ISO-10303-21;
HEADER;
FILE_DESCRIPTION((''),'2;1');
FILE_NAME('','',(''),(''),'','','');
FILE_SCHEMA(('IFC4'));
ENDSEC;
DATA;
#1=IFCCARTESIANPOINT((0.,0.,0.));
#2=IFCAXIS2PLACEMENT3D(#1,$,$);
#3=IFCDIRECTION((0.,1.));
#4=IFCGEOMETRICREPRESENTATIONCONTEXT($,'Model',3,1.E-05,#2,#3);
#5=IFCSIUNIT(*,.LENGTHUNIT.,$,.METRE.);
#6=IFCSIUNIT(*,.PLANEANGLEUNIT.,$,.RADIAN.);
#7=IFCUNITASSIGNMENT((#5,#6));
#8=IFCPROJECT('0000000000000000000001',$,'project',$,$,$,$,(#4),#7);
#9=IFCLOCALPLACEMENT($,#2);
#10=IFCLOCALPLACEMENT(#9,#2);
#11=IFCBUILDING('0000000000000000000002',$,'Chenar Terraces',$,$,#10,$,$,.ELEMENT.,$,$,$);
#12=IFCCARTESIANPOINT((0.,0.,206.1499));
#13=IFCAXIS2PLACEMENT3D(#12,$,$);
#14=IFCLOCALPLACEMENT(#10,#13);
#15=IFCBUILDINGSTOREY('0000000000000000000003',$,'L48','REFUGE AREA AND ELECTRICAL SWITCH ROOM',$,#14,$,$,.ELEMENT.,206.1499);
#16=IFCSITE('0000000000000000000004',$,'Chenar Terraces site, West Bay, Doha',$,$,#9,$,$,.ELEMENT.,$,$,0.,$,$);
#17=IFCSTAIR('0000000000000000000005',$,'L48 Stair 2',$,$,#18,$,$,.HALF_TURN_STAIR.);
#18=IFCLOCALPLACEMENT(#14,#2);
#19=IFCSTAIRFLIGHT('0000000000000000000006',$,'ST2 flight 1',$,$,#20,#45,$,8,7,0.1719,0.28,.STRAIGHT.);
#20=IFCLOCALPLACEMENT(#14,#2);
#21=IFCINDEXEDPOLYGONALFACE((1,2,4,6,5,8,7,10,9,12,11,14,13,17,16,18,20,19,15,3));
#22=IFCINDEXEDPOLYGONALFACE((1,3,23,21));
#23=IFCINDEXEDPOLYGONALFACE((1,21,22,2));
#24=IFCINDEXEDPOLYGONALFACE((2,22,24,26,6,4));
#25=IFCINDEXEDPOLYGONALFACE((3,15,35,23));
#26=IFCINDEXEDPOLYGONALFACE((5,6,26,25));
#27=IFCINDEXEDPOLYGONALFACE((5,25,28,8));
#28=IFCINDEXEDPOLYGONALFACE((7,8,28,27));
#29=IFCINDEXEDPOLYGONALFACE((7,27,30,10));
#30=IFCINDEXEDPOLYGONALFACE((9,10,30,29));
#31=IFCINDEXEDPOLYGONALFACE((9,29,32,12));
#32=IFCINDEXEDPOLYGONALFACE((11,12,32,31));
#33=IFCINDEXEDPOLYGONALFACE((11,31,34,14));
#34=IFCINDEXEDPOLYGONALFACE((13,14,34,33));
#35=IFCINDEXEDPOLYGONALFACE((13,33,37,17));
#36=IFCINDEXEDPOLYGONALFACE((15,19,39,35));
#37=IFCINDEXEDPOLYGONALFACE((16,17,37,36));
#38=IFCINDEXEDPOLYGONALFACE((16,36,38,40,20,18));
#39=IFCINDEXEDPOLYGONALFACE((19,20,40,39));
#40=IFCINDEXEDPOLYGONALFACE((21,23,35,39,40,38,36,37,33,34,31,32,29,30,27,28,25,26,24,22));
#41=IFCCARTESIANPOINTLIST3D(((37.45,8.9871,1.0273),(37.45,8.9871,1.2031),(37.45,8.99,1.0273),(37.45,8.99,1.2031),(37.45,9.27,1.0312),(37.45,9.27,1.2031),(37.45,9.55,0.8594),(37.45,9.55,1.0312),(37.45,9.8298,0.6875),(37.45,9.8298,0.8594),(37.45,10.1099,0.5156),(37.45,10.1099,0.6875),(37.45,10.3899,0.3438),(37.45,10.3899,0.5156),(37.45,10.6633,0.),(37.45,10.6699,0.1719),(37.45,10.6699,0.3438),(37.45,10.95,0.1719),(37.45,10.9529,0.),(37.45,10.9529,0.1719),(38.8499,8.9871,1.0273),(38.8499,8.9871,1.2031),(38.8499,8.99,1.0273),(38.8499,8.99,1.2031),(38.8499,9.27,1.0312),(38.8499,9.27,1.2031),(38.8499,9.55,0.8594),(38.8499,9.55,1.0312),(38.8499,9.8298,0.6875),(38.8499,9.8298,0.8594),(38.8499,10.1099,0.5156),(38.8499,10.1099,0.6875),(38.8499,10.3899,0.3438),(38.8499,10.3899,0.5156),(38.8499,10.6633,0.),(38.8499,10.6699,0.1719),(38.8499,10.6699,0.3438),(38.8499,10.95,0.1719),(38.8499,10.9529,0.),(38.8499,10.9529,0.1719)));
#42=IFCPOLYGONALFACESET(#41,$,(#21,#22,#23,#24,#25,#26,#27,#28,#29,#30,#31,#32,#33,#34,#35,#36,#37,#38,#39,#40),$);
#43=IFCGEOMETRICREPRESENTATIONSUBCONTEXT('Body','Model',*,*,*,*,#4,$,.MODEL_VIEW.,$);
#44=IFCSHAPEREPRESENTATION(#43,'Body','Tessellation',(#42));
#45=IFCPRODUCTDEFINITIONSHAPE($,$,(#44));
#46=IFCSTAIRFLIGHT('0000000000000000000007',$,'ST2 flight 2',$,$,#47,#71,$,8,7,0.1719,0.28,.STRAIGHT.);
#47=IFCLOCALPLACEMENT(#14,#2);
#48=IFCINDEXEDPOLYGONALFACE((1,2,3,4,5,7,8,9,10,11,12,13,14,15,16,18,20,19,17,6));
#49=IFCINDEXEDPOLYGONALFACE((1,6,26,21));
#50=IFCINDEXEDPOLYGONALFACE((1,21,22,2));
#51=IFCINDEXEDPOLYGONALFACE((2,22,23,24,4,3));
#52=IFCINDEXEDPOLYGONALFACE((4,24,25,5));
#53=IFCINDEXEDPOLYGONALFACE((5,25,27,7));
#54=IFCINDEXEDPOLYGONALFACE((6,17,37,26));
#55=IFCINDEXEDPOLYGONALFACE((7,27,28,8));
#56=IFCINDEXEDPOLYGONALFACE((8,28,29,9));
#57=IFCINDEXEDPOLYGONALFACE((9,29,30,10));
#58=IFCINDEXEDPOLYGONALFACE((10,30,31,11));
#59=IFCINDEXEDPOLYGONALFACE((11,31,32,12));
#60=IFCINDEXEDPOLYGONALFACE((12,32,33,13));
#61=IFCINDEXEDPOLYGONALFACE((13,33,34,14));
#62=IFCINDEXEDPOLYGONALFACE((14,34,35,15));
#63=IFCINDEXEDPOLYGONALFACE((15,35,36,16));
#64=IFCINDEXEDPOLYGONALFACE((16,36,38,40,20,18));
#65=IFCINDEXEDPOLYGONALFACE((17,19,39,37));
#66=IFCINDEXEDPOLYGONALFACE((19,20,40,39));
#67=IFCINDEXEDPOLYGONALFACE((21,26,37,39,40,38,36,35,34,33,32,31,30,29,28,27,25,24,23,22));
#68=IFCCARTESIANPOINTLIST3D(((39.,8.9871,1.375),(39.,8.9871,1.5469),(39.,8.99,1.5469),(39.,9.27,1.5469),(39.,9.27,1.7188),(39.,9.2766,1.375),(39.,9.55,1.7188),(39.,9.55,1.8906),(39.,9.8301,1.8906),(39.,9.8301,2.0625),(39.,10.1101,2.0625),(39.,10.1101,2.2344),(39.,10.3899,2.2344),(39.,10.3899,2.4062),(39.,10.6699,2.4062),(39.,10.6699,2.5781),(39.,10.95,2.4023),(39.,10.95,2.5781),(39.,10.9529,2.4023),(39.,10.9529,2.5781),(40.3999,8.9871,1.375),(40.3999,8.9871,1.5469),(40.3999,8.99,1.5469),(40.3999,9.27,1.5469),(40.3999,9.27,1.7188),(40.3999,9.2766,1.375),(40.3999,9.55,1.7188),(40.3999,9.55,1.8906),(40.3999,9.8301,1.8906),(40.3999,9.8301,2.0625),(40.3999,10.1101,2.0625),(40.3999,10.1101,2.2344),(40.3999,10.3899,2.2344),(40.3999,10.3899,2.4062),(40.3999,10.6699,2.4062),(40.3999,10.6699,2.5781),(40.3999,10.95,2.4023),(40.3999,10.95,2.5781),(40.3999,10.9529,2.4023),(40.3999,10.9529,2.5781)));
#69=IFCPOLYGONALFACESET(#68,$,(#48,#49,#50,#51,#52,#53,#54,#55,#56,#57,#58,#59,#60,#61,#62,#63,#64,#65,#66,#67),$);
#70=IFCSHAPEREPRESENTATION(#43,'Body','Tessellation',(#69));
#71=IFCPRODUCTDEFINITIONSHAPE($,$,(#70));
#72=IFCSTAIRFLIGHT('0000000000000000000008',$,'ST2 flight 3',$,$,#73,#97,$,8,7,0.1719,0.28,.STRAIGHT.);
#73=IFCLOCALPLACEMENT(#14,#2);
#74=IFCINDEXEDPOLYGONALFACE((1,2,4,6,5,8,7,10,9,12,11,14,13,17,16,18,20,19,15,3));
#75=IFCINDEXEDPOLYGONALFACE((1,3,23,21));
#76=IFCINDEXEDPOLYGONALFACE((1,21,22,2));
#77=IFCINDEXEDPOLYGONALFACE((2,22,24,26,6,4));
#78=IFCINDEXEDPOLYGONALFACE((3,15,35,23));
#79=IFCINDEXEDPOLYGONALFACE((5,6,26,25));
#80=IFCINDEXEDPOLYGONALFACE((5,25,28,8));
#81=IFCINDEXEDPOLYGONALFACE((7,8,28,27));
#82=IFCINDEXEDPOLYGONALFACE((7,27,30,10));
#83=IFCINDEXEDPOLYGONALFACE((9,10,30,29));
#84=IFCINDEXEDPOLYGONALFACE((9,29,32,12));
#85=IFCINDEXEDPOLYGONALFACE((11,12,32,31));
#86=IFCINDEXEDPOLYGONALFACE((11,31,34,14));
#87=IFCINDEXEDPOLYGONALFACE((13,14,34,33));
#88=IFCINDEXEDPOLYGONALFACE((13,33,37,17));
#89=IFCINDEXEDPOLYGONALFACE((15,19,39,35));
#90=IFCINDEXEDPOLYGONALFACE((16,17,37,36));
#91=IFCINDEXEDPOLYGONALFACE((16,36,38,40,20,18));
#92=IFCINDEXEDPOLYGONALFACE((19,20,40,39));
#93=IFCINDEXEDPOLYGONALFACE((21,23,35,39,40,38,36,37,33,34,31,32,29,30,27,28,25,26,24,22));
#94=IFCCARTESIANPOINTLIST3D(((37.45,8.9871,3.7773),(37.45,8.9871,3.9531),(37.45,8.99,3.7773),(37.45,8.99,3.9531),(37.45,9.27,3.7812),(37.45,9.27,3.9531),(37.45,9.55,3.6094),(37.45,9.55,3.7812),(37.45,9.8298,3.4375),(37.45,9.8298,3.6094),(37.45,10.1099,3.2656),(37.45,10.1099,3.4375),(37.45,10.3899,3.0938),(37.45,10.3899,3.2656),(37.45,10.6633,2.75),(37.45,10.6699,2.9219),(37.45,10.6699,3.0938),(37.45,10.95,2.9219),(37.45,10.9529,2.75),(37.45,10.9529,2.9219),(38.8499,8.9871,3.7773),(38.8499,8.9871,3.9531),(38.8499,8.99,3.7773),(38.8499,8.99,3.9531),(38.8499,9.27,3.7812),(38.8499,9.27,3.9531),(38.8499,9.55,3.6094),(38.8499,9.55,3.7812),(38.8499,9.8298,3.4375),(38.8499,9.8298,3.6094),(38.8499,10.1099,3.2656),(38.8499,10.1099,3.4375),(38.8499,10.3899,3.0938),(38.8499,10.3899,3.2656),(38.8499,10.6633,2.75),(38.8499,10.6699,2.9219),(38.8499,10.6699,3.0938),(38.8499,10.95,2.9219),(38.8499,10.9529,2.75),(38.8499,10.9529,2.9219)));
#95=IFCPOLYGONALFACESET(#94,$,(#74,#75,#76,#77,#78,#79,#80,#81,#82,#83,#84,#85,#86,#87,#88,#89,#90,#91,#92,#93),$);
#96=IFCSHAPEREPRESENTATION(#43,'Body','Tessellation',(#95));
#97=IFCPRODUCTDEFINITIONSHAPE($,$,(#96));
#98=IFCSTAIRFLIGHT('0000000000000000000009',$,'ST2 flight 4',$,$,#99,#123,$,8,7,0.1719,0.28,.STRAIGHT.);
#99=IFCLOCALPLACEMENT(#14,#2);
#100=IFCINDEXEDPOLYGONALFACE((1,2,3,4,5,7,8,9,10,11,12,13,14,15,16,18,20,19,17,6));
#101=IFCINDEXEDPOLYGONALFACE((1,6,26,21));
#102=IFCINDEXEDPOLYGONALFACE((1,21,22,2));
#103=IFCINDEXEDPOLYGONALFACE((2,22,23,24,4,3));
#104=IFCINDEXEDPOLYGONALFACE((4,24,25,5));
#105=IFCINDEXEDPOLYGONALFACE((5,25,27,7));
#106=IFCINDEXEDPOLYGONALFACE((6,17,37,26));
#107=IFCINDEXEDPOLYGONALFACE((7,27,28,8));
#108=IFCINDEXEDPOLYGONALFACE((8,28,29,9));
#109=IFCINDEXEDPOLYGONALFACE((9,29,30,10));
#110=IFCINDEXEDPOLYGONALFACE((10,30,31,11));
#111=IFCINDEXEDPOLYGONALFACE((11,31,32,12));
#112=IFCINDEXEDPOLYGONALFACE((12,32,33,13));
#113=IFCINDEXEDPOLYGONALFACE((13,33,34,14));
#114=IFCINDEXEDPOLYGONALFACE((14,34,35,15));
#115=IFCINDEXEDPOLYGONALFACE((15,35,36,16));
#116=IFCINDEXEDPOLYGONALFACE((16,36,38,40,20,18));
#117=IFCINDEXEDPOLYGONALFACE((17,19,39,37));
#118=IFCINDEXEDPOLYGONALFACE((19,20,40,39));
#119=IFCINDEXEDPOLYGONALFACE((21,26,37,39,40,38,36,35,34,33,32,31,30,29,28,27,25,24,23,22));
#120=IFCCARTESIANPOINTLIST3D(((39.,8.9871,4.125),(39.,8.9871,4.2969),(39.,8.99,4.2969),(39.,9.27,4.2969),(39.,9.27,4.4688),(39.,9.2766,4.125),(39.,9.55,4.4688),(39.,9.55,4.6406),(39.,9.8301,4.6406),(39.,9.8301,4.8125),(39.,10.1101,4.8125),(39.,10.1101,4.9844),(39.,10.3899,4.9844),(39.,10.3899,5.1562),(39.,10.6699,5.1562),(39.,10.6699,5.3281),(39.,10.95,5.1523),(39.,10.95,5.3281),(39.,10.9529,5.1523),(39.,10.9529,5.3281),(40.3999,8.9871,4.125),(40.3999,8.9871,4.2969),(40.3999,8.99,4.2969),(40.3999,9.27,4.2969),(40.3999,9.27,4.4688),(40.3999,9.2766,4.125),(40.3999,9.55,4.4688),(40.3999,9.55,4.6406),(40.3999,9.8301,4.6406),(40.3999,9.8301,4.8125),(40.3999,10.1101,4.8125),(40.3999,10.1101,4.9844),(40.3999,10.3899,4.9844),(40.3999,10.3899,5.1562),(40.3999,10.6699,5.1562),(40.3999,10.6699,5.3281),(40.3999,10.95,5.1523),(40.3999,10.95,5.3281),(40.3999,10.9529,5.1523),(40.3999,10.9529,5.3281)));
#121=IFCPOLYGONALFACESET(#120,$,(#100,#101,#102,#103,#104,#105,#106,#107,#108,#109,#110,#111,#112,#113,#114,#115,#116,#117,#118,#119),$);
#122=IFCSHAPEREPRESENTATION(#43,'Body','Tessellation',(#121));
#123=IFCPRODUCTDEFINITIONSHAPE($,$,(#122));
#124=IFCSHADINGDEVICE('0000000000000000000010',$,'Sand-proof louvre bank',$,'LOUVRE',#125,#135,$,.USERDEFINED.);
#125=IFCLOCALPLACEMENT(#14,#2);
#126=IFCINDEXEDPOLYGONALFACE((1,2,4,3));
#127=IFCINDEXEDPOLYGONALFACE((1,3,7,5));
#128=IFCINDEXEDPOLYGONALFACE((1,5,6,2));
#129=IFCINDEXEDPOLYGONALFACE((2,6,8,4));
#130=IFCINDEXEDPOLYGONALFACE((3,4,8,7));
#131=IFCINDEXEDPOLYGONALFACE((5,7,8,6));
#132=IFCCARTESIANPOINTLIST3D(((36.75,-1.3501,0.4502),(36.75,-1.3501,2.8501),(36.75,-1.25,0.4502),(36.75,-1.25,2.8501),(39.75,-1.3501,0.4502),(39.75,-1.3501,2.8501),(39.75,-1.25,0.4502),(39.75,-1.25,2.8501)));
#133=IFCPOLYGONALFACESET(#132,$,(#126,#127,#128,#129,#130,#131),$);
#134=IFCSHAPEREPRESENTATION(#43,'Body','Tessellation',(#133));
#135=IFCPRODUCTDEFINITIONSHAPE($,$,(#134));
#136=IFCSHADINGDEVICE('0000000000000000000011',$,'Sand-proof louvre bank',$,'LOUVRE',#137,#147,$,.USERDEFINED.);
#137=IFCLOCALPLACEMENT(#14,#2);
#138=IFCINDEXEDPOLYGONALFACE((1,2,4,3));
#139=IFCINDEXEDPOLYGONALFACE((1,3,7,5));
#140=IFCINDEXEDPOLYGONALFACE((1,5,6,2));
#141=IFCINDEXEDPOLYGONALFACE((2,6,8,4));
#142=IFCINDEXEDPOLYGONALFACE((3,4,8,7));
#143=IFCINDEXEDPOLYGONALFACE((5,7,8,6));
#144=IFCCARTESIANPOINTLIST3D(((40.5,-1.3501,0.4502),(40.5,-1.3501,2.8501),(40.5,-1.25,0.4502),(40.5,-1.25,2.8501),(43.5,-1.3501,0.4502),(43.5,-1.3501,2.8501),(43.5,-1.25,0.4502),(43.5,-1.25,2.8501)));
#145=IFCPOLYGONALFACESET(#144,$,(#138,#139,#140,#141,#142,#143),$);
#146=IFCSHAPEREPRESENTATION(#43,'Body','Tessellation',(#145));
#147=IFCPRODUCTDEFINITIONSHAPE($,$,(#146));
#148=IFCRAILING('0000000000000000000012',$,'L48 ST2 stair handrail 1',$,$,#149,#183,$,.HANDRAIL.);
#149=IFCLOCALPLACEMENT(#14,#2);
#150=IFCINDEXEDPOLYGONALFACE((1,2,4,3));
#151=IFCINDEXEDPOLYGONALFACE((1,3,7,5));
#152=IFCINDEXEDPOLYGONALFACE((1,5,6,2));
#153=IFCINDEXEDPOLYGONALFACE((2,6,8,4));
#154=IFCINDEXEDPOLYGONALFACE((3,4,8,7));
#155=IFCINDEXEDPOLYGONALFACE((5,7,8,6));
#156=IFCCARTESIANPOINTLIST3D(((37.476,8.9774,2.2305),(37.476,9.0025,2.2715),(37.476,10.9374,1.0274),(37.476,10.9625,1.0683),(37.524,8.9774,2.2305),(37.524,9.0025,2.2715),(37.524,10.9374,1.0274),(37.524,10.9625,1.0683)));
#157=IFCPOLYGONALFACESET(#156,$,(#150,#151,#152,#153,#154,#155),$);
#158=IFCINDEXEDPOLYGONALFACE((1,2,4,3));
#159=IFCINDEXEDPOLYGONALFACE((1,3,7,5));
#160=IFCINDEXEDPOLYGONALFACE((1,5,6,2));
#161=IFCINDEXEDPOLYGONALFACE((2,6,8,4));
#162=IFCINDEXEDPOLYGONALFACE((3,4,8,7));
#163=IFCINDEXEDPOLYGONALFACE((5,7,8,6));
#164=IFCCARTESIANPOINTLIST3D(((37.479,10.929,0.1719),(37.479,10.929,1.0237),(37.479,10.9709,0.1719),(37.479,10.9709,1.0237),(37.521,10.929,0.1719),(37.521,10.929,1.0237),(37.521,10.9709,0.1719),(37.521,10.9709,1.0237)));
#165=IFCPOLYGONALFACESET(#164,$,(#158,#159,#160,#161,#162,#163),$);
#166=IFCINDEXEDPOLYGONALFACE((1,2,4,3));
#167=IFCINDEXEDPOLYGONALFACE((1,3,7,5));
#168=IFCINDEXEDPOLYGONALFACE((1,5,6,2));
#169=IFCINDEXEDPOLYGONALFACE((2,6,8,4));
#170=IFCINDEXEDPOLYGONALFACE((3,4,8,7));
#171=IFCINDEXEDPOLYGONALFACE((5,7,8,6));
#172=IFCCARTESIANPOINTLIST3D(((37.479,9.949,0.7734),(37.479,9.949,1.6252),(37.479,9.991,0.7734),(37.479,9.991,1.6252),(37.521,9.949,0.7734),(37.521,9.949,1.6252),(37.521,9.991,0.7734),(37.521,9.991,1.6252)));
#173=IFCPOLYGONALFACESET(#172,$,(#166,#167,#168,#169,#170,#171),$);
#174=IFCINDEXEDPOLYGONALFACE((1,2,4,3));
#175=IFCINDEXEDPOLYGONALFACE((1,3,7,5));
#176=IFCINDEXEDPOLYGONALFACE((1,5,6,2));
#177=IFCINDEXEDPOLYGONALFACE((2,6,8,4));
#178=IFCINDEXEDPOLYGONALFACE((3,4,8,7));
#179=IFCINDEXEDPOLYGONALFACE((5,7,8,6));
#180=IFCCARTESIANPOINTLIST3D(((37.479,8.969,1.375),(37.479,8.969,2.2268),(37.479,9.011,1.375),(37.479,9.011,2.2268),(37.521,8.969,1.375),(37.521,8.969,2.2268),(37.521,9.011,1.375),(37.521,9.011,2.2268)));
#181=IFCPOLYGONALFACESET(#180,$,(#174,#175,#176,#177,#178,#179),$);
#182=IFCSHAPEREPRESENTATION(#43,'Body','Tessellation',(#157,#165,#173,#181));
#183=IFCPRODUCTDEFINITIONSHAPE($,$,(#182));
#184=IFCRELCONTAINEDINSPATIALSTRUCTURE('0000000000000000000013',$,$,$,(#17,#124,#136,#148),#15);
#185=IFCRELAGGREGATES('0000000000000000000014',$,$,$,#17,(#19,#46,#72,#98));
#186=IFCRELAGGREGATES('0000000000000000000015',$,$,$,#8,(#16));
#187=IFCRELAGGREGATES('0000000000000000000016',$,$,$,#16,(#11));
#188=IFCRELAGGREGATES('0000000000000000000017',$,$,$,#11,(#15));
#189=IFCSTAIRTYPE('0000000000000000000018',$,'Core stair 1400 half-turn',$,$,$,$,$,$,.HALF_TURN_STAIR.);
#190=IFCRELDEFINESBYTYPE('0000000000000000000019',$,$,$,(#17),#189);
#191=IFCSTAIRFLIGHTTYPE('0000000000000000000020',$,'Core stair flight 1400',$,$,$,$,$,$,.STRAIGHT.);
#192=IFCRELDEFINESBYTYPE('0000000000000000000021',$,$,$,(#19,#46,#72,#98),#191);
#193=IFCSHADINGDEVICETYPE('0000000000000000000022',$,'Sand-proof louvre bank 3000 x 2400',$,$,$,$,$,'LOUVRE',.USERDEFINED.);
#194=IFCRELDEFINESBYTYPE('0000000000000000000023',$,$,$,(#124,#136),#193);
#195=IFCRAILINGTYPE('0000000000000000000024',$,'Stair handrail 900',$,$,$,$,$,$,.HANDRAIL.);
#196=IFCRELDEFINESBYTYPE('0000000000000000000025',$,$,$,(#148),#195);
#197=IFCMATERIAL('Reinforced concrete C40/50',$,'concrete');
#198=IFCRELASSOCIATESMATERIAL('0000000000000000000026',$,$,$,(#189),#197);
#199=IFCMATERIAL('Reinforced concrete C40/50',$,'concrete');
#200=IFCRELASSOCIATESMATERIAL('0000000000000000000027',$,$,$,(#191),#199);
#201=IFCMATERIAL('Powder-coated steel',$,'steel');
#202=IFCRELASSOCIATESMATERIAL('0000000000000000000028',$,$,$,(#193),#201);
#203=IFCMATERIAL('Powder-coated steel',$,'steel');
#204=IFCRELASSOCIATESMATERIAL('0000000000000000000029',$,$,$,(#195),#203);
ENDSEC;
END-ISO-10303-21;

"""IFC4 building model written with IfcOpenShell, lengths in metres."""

from ifc_helpers import new_model, si_unit, direction, frame, origin, origin_2d, place, context, subcontext, project, spatial, polyline, rectangle, outline, extrude, material, type_object, element, aggregate, save


model = new_model("IFC4")

# Units and contexts
model_context = context("Model", 3, precision=1e-05, world=origin(), true_north=direction((0.0, 1.0)))
body_context = subcontext(model_context, "Body", "Model", "MODEL_VIEW")
ifc_project = project(units=[si_unit("LENGTHUNIT", "METRE"), si_unit("PLANEANGLEUNIT", "RADIAN")], contexts=[model_context])

# Site, building, storey
site_placement = place(None, origin())
site = spatial("IfcSite", under=ifc_project, at=site_placement, Name="Chenar Terraces site, West Bay, Doha", CompositionType="ELEMENT", RefElevation=0.0)
building_placement = place(site_placement, origin())
building = spatial("IfcBuilding", under=site, at=building_placement, Name="Chenar Terraces", CompositionType="ELEMENT")
storey_placement = place(building_placement, frame((0.0, 0.0, 206.1499)))
storey = spatial("IfcBuildingStorey", under=building, at=storey_placement, Name="L48", Description="REFUGE AREA AND ELECTRICAL SWITCH ROOM", CompositionType="ELEMENT", Elevation=206.1499)

# Stair, stair flights
ifc_material_1 = material(Name="Reinforced concrete C40/50", Category="concrete")
stair_type = type_object("IfcStairType", Name="Core stair 1400 half-turn", PredefinedType="HALF_TURN_STAIR", material=ifc_material_1)
stair_placement = place(storey_placement, origin())
stair = element("IfcStair", 1, at=stair_placement, inside=storey, type_object=stair_type, Name="L48 Stair 2", PredefinedType="HALF_TURN_STAIR")
ifc_material_2 = material(Name="Reinforced concrete C40/50", Category="concrete")
stair_flight_type = type_object("IfcStairFlightType", Name="Core stair flight 1400", PredefinedType="STRAIGHT", material=ifc_material_2)
stair_flight_1_placement = place(storey_placement, frame((38.1499, 10.95, 0.0), z_axis=(0.0, 0.0, 1.0), x_axis=(0.0, -1.0, 0.0)))
stair_flight_1 = element("IfcStairFlight", 2, at=stair_flight_1_placement, type_object=stair_flight_type, Name="ST2 flight 1", NumberOfRisers=8, NumberOfTreads=7, PredefinedType="STRAIGHT", RiserHeight=0.1719, TreadLength=0.28, context=body_context, shape_type="SweptSolid", body=[
    extrude(outline(polyline([(-0.0029, 0.0), (-0.0029, 0.1719), (0.0, 0.1719), (0.28, 0.1719), (0.28, 0.3438), (0.5601, 0.3438), (0.5601, 0.5156), (0.8401, 0.5156), (0.8401, 0.6875), (1.1201, 0.6875), (1.1201, 0.8594), (1.3999, 0.8594), (1.3999, 1.0312), (1.6799, 1.0312), (1.6799, 1.2031), (1.96, 1.2031), (1.9629, 1.2031), (1.9629, 1.0273), (1.96, 1.0273), (0.2866, 0.0), (-0.0029, 0.0)])), frame((0.0, 0.7, 0.0), z_axis=(0.0, -1.0, 0.0), x_axis=(1.0, 0.0, 0.0)), (0.0, 0.0, 1.0), 1.3999),
])
stair_flight_2_placement = place(storey_placement, frame((39.7, 8.99, 1.375), z_axis=(0.0, 0.0, 1.0), x_axis=(0.0, 1.0, 0.0)))
stair_flight_2 = element("IfcStairFlight", 3, at=stair_flight_2_placement, type_object=stair_flight_type, Name="ST2 flight 2", NumberOfRisers=8, NumberOfTreads=7, PredefinedType="STRAIGHT", RiserHeight=0.1719, TreadLength=0.28, context=body_context, shape_type="SweptSolid", body=[
    extrude(outline(polyline([(-0.0029, 0.0), (-0.0029, 0.1719), (0.0, 0.1719), (0.28, 0.1719), (0.28, 0.3438), (0.5601, 0.3438), (0.5601, 0.5156), (0.8401, 0.5156), (0.8401, 0.6875), (1.1201, 0.6875), (1.1201, 0.8594), (1.3999, 0.8594), (1.3999, 1.0312), (1.6799, 1.0312), (1.6799, 1.2031), (1.96, 1.2031), (1.9629, 1.2031), (1.9629, 1.0273), (1.96, 1.0273), (0.2866, 0.0), (-0.0029, 0.0)])), frame((0.0, 0.7, 0.0), z_axis=(0.0, -1.0, 0.0), x_axis=(1.0, 0.0, 0.0)), (0.0, 0.0, 1.0), 1.3999),
])
stair_flight_3_placement = place(storey_placement, frame((38.1499, 10.95, 2.75), z_axis=(0.0, 0.0, 1.0), x_axis=(0.0, -1.0, 0.0)))
stair_flight_3 = element("IfcStairFlight", 4, at=stair_flight_3_placement, type_object=stair_flight_type, Name="ST2 flight 3", NumberOfRisers=8, NumberOfTreads=7, PredefinedType="STRAIGHT", RiserHeight=0.1719, TreadLength=0.28, context=body_context, shape_type="SweptSolid", body=[
    extrude(outline(polyline([(-0.0029, 0.0), (-0.0029, 0.1719), (0.0, 0.1719), (0.28, 0.1719), (0.28, 0.3438), (0.5601, 0.3438), (0.5601, 0.5156), (0.8401, 0.5156), (0.8401, 0.6875), (1.1201, 0.6875), (1.1201, 0.8594), (1.3999, 0.8594), (1.3999, 1.0312), (1.6799, 1.0312), (1.6799, 1.2031), (1.96, 1.2031), (1.9629, 1.2031), (1.9629, 1.0273), (1.96, 1.0273), (0.2866, 0.0), (-0.0029, 0.0)])), frame((0.0, 0.7, 0.0), z_axis=(0.0, -1.0, 0.0), x_axis=(1.0, 0.0, 0.0)), (0.0, 0.0, 1.0), 1.3999),
])
stair_flight_4_placement = place(storey_placement, frame((39.7, 8.99, 4.125), z_axis=(0.0, 0.0, 1.0), x_axis=(0.0, 1.0, 0.0)))
stair_flight_4 = element("IfcStairFlight", 5, at=stair_flight_4_placement, type_object=stair_flight_type, Name="ST2 flight 4", NumberOfRisers=8, NumberOfTreads=7, PredefinedType="STRAIGHT", RiserHeight=0.1719, TreadLength=0.28, context=body_context, shape_type="SweptSolid", body=[
    extrude(outline(polyline([(-0.0029, 0.0), (-0.0029, 0.1719), (0.0, 0.1719), (0.28, 0.1719), (0.28, 0.3438), (0.5601, 0.3438), (0.5601, 0.5156), (0.8401, 0.5156), (0.8401, 0.6875), (1.1201, 0.6875), (1.1201, 0.8594), (1.3999, 0.8594), (1.3999, 1.0312), (1.6799, 1.0312), (1.6799, 1.2031), (1.96, 1.2031), (1.9629, 1.2031), (1.9629, 1.0273), (1.96, 1.0273), (0.2866, 0.0), (-0.0029, 0.0)])), frame((0.0, 0.7, 0.0), z_axis=(0.0, -1.0, 0.0), x_axis=(1.0, 0.0, 0.0)), (0.0, 0.0, 1.0), 1.3999),
])
aggregate(stair, [stair_flight_1, stair_flight_2, stair_flight_3, stair_flight_4])

# Shading devices
ifc_material_3 = material(Name="Powder-coated steel", Category="steel")
shading_device_type = type_object("IfcShadingDeviceType", Name="Sand-proof louvre bank 3000 x 2400", ElementType="LOUVRE", PredefinedType="USERDEFINED", material=ifc_material_3)
for number, where, z_axis, x_axis, name in (
    (6, (38.25, -1.3, 0.4502), (0.0, 0.0, 1.0), (1.0, 0.0, 0.0), "Sand-proof louvre bank"),
    (7, (42.0, -1.3, 0.4502), (0.0, 0.0, 1.0), (1.0, 0.0, 0.0), "Sand-proof louvre bank"),
):
    element("IfcShadingDevice", number, at=place(storey_placement, frame(where, z_axis=z_axis, x_axis=x_axis)), inside=storey, type_object=shading_device_type, Name=name, ObjectType="LOUVRE", PredefinedType="USERDEFINED", context=body_context, shape_type="SweptSolid", body=[
        extrude(rectangle(XDim=3.0, YDim=0.1001, at=origin_2d()), origin(), (0.0, 0.0, 1.0), 2.3999),
    ])

# Railing
ifc_material_4 = material(Name="Powder-coated steel", Category="steel")
railing_type_1 = type_object("IfcRailingType", Name="Stair handrail 900", PredefinedType="HANDRAIL", material=ifc_material_4)
railing_1_placement = place(storey_placement, frame((37.5, 10.95, 0.1719)))
element("IfcRailing", 8, at=railing_1_placement, inside=storey, type_object=railing_type_1, Name="L48 ST2 stair handrail 1", PredefinedType="HANDRAIL", context=body_context, shape_type="SweptSolid", body=[
    extrude(rectangle(XDim=0.0481, YDim=0.0481, at=origin_2d()), frame((0.0, 0.0, 0.876), z_axis=(0.0, -0.852241, 0.523149), x_axis=(1.0, 0.0, 0.0)), (0.0, 0.0, 1.0), 2.2998),
    extrude(rectangle(XDim=0.042, YDim=0.042, at=origin_2d()), origin(), (0.0, 0.0, 1.0), 0.8518),
    extrude(rectangle(XDim=0.042, YDim=0.042, at=origin_2d()), frame((0.0, -0.98, 0.6016)), (0.0, 0.0, 1.0), 0.8518),
    extrude(rectangle(XDim=0.042, YDim=0.042, at=origin_2d()), frame((0.0, -1.96, 1.2031)), (0.0, 0.0, 1.0), 0.8518),
])

save(model, "model.ifc")
